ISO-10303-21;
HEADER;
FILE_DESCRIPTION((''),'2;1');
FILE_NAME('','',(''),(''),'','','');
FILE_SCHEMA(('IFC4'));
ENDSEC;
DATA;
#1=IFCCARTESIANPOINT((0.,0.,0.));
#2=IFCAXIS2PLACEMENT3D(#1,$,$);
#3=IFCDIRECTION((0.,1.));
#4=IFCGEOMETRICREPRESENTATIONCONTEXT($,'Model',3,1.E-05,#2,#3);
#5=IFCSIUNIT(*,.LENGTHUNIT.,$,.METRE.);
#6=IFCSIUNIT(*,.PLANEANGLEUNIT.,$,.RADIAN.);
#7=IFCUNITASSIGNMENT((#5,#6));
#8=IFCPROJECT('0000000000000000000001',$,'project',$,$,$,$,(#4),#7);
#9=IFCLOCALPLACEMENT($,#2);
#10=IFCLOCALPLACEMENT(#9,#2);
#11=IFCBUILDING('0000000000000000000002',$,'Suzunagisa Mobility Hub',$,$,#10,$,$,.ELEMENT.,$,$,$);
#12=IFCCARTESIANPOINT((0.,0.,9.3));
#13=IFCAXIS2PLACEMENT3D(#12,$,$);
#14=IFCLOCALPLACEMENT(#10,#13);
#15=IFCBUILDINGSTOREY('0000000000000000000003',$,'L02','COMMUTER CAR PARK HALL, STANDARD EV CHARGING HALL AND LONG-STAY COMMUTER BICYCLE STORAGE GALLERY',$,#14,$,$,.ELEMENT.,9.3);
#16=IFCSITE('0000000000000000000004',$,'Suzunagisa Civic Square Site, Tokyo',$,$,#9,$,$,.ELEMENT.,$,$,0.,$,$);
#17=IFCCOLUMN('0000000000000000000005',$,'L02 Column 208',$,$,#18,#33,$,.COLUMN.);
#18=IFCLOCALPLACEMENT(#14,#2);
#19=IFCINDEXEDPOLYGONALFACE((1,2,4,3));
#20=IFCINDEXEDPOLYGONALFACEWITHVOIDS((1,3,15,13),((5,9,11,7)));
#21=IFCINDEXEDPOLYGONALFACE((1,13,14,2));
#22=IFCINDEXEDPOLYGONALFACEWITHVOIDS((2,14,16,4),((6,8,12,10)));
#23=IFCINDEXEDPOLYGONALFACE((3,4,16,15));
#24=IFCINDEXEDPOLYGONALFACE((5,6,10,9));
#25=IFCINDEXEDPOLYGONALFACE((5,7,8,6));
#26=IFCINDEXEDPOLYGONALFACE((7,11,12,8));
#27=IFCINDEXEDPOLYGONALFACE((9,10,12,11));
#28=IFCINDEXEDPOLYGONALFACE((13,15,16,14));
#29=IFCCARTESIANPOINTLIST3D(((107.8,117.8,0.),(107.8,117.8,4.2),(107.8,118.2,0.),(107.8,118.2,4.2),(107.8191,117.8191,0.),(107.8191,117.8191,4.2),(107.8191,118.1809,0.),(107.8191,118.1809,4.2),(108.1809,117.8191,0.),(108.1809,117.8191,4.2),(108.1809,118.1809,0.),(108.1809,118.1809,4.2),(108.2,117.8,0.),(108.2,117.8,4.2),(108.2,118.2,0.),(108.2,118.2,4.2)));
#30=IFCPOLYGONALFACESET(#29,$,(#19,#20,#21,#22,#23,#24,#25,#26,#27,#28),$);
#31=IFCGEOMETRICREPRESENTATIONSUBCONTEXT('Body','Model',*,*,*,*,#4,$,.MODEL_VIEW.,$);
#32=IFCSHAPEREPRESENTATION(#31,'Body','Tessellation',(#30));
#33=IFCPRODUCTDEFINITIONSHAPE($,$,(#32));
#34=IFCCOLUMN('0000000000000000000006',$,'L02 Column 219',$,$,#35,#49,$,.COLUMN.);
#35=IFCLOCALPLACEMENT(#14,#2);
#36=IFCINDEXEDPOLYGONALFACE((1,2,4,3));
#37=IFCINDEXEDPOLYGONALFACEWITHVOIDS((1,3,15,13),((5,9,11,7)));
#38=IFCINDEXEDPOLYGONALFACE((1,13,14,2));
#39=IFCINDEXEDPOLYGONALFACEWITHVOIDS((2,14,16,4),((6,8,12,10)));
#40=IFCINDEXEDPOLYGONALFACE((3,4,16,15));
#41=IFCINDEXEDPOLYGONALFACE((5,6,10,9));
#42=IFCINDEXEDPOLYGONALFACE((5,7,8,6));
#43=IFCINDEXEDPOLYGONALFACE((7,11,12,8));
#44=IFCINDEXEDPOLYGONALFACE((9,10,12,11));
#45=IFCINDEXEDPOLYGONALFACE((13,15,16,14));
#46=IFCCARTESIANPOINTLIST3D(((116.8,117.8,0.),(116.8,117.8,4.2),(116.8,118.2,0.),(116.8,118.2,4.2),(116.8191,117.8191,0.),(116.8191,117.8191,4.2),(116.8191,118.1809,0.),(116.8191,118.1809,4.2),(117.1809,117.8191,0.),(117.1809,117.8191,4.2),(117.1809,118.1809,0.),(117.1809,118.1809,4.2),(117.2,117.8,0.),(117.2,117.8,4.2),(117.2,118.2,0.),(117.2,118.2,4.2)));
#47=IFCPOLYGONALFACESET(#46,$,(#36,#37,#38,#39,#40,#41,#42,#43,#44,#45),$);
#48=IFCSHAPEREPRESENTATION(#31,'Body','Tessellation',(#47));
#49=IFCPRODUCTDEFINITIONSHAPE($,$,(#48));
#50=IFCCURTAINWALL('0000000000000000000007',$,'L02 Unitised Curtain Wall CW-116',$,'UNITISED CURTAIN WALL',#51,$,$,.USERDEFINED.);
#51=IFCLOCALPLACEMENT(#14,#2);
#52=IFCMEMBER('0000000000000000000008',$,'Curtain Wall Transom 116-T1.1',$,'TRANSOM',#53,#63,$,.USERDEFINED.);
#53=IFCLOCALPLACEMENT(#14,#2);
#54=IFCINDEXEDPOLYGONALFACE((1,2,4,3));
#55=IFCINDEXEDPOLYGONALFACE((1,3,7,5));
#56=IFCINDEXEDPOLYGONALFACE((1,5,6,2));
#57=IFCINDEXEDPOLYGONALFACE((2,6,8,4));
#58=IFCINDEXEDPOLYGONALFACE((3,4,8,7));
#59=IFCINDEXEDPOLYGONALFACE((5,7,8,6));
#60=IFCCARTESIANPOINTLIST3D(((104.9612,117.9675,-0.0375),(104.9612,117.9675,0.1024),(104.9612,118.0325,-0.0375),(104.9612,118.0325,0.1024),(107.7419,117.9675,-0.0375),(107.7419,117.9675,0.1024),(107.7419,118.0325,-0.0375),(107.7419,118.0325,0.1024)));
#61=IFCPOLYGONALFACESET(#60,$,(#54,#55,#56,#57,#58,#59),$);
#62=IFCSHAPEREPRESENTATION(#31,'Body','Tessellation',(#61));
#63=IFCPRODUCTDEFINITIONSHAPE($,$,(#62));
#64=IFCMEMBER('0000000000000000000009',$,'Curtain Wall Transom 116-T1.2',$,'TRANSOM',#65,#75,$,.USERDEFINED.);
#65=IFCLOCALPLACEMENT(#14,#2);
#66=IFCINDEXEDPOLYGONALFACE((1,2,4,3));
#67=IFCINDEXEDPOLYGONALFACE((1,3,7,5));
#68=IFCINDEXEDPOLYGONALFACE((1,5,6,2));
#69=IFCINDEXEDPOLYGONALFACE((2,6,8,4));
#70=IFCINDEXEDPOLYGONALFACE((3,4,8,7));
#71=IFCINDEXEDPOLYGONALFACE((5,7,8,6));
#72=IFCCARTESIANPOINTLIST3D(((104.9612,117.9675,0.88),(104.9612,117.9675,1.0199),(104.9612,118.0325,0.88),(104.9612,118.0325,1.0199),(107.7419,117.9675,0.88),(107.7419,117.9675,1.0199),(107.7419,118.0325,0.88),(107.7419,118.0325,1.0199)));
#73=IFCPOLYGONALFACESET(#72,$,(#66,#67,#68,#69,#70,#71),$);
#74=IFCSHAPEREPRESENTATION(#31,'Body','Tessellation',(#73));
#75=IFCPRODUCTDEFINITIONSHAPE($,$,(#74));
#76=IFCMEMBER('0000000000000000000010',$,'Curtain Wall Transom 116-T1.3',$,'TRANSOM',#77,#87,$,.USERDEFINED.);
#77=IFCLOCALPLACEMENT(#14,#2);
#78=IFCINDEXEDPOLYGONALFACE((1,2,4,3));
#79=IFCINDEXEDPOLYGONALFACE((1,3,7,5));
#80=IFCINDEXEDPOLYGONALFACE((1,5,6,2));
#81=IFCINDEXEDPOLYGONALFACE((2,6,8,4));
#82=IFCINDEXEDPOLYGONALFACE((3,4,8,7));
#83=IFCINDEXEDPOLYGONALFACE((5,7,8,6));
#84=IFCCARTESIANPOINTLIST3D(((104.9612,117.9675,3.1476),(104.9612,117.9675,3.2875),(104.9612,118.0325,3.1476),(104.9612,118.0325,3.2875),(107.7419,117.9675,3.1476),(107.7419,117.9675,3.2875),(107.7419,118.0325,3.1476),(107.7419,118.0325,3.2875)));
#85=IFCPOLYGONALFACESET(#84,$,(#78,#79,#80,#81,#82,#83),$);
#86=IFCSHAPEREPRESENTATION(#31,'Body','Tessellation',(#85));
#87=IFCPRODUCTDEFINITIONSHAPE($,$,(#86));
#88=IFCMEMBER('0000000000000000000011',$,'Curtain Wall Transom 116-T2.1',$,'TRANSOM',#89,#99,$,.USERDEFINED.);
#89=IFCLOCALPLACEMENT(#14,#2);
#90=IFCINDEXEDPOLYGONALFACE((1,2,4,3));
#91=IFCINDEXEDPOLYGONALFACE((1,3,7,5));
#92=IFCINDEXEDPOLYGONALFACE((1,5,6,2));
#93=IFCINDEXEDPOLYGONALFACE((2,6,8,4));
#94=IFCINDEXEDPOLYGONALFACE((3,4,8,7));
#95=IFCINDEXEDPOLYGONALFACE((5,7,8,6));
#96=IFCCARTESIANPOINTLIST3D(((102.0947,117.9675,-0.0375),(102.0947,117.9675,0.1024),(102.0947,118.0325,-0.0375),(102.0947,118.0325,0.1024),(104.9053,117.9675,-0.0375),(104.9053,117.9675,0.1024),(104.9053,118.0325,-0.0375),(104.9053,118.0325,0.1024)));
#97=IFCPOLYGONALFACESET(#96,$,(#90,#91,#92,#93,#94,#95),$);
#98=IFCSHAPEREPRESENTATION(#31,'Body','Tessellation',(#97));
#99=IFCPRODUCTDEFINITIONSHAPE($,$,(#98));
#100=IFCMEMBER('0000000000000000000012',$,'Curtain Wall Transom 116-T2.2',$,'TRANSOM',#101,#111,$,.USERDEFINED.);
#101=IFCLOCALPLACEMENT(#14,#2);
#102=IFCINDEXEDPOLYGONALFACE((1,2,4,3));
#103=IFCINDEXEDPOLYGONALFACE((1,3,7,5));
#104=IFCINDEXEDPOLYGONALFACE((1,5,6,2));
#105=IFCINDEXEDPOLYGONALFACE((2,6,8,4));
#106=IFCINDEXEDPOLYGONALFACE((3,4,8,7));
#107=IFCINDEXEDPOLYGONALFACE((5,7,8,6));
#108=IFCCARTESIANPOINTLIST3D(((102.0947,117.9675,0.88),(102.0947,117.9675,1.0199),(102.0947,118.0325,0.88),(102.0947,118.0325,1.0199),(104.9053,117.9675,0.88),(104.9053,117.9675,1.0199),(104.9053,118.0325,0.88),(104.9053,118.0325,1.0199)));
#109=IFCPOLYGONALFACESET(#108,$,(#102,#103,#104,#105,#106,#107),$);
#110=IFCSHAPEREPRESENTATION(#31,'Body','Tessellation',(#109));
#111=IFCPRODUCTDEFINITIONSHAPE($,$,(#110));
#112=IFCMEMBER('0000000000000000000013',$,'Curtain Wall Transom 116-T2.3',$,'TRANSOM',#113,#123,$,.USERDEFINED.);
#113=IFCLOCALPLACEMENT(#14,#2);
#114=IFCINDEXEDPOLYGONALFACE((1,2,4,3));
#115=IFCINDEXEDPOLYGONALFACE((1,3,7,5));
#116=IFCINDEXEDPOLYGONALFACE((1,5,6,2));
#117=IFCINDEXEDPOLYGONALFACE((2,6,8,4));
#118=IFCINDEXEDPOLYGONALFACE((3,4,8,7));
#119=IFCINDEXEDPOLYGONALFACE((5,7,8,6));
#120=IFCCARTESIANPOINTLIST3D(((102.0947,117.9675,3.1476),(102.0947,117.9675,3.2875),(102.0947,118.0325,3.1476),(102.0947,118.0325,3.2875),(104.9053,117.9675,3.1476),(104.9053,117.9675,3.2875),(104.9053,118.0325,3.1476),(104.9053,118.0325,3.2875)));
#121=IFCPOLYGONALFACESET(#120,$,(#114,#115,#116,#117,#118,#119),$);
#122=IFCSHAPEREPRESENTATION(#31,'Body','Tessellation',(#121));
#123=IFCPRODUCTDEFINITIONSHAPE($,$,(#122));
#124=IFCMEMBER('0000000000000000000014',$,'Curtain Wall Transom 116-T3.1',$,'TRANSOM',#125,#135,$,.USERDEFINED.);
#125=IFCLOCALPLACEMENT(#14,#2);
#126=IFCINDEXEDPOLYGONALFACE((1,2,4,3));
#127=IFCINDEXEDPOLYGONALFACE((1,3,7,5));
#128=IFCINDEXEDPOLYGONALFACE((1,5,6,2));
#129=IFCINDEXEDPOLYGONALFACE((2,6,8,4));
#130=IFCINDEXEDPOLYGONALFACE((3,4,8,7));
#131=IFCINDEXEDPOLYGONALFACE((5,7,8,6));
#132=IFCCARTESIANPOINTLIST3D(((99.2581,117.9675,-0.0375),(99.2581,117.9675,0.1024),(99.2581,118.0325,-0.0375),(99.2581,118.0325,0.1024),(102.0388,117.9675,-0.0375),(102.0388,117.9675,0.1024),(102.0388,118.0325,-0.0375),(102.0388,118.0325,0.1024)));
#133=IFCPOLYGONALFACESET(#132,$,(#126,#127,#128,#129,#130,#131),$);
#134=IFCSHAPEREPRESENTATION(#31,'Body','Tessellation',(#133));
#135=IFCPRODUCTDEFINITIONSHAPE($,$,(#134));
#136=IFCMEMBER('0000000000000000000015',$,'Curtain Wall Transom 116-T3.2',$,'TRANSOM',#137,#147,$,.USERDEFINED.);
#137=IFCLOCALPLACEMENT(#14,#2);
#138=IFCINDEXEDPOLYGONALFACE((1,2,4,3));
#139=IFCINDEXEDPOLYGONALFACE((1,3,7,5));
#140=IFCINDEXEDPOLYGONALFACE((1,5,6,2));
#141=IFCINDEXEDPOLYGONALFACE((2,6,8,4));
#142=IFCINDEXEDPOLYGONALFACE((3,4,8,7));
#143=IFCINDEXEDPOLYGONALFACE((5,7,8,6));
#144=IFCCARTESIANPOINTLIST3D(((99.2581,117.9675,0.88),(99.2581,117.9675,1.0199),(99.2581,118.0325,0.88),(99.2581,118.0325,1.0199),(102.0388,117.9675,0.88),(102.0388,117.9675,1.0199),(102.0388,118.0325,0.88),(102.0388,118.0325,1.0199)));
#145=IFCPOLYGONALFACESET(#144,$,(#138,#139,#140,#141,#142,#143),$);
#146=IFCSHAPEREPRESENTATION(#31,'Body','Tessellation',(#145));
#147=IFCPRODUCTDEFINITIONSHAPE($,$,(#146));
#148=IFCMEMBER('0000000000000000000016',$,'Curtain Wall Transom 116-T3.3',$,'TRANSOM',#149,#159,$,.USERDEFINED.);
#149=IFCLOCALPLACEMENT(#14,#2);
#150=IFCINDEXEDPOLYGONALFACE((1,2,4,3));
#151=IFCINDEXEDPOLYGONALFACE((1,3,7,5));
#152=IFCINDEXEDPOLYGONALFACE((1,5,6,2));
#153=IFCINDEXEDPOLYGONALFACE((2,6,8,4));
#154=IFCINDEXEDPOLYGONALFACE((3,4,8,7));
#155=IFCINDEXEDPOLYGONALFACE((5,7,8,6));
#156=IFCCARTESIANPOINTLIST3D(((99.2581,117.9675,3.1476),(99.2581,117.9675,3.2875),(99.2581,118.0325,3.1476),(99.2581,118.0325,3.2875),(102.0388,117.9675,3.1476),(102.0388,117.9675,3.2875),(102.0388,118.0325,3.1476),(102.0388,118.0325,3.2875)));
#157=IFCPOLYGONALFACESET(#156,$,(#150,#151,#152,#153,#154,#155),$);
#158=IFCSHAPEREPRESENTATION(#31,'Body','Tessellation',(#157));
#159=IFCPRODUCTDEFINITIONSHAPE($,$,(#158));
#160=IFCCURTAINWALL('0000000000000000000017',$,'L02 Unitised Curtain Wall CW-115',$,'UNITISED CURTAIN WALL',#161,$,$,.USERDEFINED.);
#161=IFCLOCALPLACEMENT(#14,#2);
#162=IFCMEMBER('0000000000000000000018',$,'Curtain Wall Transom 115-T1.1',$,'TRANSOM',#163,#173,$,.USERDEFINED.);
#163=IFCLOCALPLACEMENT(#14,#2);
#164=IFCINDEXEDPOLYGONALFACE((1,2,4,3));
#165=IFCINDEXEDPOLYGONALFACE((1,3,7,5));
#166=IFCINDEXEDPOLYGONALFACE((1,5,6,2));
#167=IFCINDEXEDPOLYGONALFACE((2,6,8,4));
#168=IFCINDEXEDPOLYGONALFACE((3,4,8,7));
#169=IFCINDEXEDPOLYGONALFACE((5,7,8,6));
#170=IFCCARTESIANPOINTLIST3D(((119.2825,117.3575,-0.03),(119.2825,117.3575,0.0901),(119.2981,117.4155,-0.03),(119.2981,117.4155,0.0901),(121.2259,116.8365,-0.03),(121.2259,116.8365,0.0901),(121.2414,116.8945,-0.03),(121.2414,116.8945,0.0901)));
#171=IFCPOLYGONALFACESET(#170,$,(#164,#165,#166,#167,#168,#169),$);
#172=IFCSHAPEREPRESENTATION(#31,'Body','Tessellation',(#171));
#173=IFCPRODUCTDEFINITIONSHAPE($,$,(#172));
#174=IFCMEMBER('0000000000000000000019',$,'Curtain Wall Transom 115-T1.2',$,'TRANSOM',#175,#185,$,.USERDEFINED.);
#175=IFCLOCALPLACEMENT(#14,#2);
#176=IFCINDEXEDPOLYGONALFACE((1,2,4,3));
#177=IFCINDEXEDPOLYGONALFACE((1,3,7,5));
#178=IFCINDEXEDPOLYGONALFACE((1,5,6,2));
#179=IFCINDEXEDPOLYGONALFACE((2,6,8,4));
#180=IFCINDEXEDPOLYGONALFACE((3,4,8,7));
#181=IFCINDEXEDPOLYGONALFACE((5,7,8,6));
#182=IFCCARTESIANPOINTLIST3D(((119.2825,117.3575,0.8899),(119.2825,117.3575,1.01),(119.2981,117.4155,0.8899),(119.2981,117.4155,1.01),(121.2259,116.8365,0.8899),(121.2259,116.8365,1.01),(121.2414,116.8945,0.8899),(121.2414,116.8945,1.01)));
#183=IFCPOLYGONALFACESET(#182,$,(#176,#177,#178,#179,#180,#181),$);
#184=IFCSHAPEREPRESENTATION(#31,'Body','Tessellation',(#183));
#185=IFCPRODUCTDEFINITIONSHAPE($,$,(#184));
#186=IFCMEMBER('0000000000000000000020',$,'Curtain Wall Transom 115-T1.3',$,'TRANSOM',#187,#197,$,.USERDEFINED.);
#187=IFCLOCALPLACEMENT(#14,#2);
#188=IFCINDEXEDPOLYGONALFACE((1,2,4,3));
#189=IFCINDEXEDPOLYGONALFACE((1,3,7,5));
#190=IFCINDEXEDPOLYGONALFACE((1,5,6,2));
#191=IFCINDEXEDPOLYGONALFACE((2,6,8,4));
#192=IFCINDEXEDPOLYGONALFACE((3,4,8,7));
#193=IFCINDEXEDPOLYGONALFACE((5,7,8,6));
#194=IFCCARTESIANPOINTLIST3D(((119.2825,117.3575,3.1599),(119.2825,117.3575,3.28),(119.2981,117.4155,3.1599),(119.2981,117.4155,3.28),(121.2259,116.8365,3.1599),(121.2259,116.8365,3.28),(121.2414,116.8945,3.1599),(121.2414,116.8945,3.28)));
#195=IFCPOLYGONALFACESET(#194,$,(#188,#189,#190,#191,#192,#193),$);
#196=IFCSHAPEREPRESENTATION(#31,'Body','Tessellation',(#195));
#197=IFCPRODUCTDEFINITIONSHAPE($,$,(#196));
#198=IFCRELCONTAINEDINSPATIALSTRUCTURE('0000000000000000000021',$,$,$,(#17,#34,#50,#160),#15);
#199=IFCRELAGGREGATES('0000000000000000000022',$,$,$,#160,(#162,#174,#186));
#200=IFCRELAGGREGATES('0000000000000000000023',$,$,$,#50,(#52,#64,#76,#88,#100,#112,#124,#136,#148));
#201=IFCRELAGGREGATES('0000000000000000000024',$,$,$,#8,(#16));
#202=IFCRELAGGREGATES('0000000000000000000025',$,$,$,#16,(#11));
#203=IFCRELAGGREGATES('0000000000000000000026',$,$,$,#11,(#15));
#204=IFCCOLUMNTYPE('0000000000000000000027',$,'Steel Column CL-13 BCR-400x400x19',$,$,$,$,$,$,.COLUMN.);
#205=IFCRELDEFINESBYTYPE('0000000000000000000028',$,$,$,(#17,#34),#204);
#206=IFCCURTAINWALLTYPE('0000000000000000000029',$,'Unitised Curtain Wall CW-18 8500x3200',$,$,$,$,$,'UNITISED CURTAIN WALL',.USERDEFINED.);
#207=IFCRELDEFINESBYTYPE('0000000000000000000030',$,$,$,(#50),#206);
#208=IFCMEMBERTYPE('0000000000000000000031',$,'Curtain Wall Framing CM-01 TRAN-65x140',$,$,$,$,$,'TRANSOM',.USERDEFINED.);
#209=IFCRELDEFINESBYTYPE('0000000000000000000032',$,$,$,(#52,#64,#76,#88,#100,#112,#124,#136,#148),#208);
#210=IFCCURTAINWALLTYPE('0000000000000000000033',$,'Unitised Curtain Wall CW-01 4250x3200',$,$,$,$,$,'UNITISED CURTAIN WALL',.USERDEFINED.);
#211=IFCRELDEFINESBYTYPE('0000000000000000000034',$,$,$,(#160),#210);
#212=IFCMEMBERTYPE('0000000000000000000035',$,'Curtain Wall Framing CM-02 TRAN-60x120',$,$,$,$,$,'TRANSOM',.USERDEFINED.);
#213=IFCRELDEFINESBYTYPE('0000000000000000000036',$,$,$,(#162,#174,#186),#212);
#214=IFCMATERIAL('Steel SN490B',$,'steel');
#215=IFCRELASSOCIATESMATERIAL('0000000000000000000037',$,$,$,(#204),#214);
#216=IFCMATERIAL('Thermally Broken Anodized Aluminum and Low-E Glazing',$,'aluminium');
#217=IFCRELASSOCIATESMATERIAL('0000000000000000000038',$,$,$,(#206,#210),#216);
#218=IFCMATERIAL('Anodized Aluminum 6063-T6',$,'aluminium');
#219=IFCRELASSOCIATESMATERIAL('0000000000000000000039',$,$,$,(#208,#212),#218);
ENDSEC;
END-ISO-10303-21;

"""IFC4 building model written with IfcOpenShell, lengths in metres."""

from ifc_helpers import new_model, si_unit, direction, frame, origin, origin_2d, place, context, subcontext, project, spatial, rectangle, hollow_rectangle, extrude, material, material_profile, profile_set, type_object, element, aggregate, save


model = new_model("IFC4")

# Units and contexts
model_context = context("Model", 3, precision=1e-05, world=origin(), true_north=direction((0.0, 1.0)))
body_context = subcontext(model_context, "Body", "Model", "MODEL_VIEW")
ifc_project = project(units=[si_unit("LENGTHUNIT", "METRE"), si_unit("PLANEANGLEUNIT", "RADIAN")], contexts=[model_context])

# Site, building, storey
site_placement = place(None, origin())
site = spatial("IfcSite", under=ifc_project, at=site_placement, Name="Suzunagisa Civic Square Site, Tokyo", CompositionType="ELEMENT", RefElevation=0.0)
building_placement = place(site_placement, origin())
building = spatial("IfcBuilding", under=site, at=building_placement, Name="Suzunagisa Mobility Hub", CompositionType="ELEMENT")
storey_placement = place(building_placement, frame((0.0, 0.0, 9.3)))
storey = spatial("IfcBuildingStorey", under=building, at=storey_placement, Name="L02", Description="COMMUTER CAR PARK HALL, STANDARD EV CHARGING HALL AND LONG-STAY COMMUTER BICYCLE STORAGE GALLERY", CompositionType="ELEMENT", Elevation=9.3)

# Columns
ifc_material_1 = material(Name="Steel SN490B", Category="steel")
ifc_material_profile_1 = material_profile(ifc_material_1, hollow_rectangle(XDim=0.3999, YDim=0.3999, WallThickness=0.019, at=origin_2d()), Name="BCR-400x400x19")
ifc_profile_set_1 = profile_set([ifc_material_profile_1], Name="Steel SN490B")
column_type = type_object("IfcColumnType", Name="Steel Column CL-13 BCR-400x400x19", PredefinedType="COLUMN", material=ifc_profile_set_1)
for number, where, z_axis, x_axis, name in (
    (1, (108.0, 118.0, 0.0), (0.0, 0.0, 1.0), (1.0, 0.0, 0.0), "L02 Column 208"),
    (2, (117.0, 118.0, 0.0), (0.0, 0.0, 1.0), (1.0, 0.0, 0.0), "L02 Column 219"),
):
    element("IfcColumn", number, at=place(storey_placement, frame(where, z_axis=z_axis, x_axis=x_axis)), inside=storey, type_object=column_type, Name=name, PredefinedType="COLUMN", context=body_context, shape_type="SweptSolid", body=[
        extrude(hollow_rectangle(XDim=0.3999, YDim=0.3999, WallThickness=0.019, at=origin_2d()), origin(), (0.0, 0.0, 1.0), 4.2),
    ])

# Curtain walls, members
ifc_material_2 = material(Name="Thermally Broken Anodized Aluminum and Low-E Glazing", Category="aluminium")
curtain_wall_type_1 = type_object("IfcCurtainWallType", Name="Unitised Curtain Wall CW-18 8500x3200", ElementType="UNITISED CURTAIN WALL", PredefinedType="USERDEFINED", material=ifc_material_2)
curtain_wall_1_placement = place(storey_placement, origin())
curtain_wall_1 = element("IfcCurtainWall", 3, at=curtain_wall_1_placement, inside=storey, type_object=curtain_wall_type_1, Name="L02 Unitised Curtain Wall CW-116", ObjectType="UNITISED CURTAIN WALL", PredefinedType="USERDEFINED")
ifc_material_3 = material(Name="Anodized Aluminum 6063-T6", Category="aluminium")
ifc_material_profile_2 = material_profile(ifc_material_3, rectangle(XDim=0.0649, YDim=0.1399, at=origin_2d()), Name="TRAN-65x140")
ifc_profile_set_2 = profile_set([ifc_material_profile_2], Name="Anodized Aluminum 6063-T6")
member_type_1 = type_object("IfcMemberType", Name="Curtain Wall Framing CM-01 TRAN-65x140", ElementType="TRANSOM", PredefinedType="USERDEFINED", material=ifc_profile_set_2)
member_1_placement = place(storey_placement, frame((107.7419, 118.0, 0.0325), z_axis=(-1.0, 0.0, 0.0), x_axis=(0.0, -1.0, 0.0)))
member_1 = element("IfcMember", 4, at=member_1_placement, type_object=member_type_1, Name="Curtain Wall Transom 116-T1.1", ObjectType="TRANSOM", PredefinedType="USERDEFINED", context=body_context, shape_type="SweptSolid", body=[
    extrude(rectangle(XDim=0.0649, YDim=0.1399, at=origin_2d()), origin(), (0.0, 0.0, 1.0), 2.7808),
])
member_2_placement = place(storey_placement, frame((107.7419, 118.0, 0.95), z_axis=(-1.0, 0.0, 0.0), x_axis=(0.0, -1.0, 0.0)))
member_2 = element("IfcMember", 5, at=member_2_placement, type_object=member_type_1, Name="Curtain Wall Transom 116-T1.2", ObjectType="TRANSOM", PredefinedType="USERDEFINED", context=body_context, shape_type="SweptSolid", body=[
    extrude(rectangle(XDim=0.0649, YDim=0.1399, at=origin_2d()), origin(), (0.0, 0.0, 1.0), 2.7808),
])
member_3_placement = place(storey_placement, frame((107.7419, 118.0, 3.2175), z_axis=(-1.0, 0.0, 0.0), x_axis=(0.0, -1.0, 0.0)))
member_3 = element("IfcMember", 6, at=member_3_placement, type_object=member_type_1, Name="Curtain Wall Transom 116-T1.3", ObjectType="TRANSOM", PredefinedType="USERDEFINED", context=body_context, shape_type="SweptSolid", body=[
    extrude(rectangle(XDim=0.0649, YDim=0.1399, at=origin_2d()), origin(), (0.0, 0.0, 1.0), 2.7808),
])
member_4_placement = place(storey_placement, frame((104.9053, 118.0, 0.0325), z_axis=(-1.0, 0.0, 0.0), x_axis=(0.0, -1.0, 0.0)))
member_4 = element("IfcMember", 7, at=member_4_placement, type_object=member_type_1, Name="Curtain Wall Transom 116-T2.1", ObjectType="TRANSOM", PredefinedType="USERDEFINED", context=body_context, shape_type="SweptSolid", body=[
    extrude(rectangle(XDim=0.0649, YDim=0.1399, at=origin_2d()), origin(), (0.0, 0.0, 1.0), 2.8105),
])
member_5_placement = place(storey_placement, frame((104.9053, 118.0, 0.95), z_axis=(-1.0, 0.0, 0.0), x_axis=(0.0, -1.0, 0.0)))
member_5 = element("IfcMember", 8, at=member_5_placement, type_object=member_type_1, Name="Curtain Wall Transom 116-T2.2", ObjectType="TRANSOM", PredefinedType="USERDEFINED", context=body_context, shape_type="SweptSolid", body=[
    extrude(rectangle(XDim=0.0649, YDim=0.1399, at=origin_2d()), origin(), (0.0, 0.0, 1.0), 2.8105),
])
member_6_placement = place(storey_placement, frame((104.9053, 118.0, 3.2175), z_axis=(-1.0, 0.0, 0.0), x_axis=(0.0, -1.0, 0.0)))
member_6 = element("IfcMember", 9, at=member_6_placement, type_object=member_type_1, Name="Curtain Wall Transom 116-T2.3", ObjectType="TRANSOM", PredefinedType="USERDEFINED", context=body_context, shape_type="SweptSolid", body=[
    extrude(rectangle(XDim=0.0649, YDim=0.1399, at=origin_2d()), origin(), (0.0, 0.0, 1.0), 2.8105),
])
member_7_placement = place(storey_placement, frame((102.0388, 118.0, 0.0325), z_axis=(-1.0, 0.0, 0.0), x_axis=(0.0, -1.0, 0.0)))
member_7 = element("IfcMember", 10, at=member_7_placement, type_object=member_type_1, Name="Curtain Wall Transom 116-T3.1", ObjectType="TRANSOM", PredefinedType="USERDEFINED", context=body_context, shape_type="SweptSolid", body=[
    extrude(rectangle(XDim=0.0649, YDim=0.1399, at=origin_2d()), origin(), (0.0, 0.0, 1.0), 2.7808),
])
member_8_placement = place(storey_placement, frame((102.0388, 118.0, 0.95), z_axis=(-1.0, 0.0, 0.0), x_axis=(0.0, -1.0, 0.0)))
member_8 = element("IfcMember", 11, at=member_8_placement, type_object=member_type_1, Name="Curtain Wall Transom 116-T3.2", ObjectType="TRANSOM", PredefinedType="USERDEFINED", context=body_context, shape_type="SweptSolid", body=[
    extrude(rectangle(XDim=0.0649, YDim=0.1399, at=origin_2d()), origin(), (0.0, 0.0, 1.0), 2.7808),
])
member_9_placement = place(storey_placement, frame((102.0388, 118.0, 3.2175), z_axis=(-1.0, 0.0, 0.0), x_axis=(0.0, -1.0, 0.0)))
member_9 = element("IfcMember", 12, at=member_9_placement, type_object=member_type_1, Name="Curtain Wall Transom 116-T3.3", ObjectType="TRANSOM", PredefinedType="USERDEFINED", context=body_context, shape_type="SweptSolid", body=[
    extrude(rectangle(XDim=0.0649, YDim=0.1399, at=origin_2d()), origin(), (0.0, 0.0, 1.0), 2.7808),
])
curtain_wall_type_2 = type_object("IfcCurtainWallType", Name="Unitised Curtain Wall CW-01 4250x3200", ElementType="UNITISED CURTAIN WALL", PredefinedType="USERDEFINED", material=ifc_material_2)
curtain_wall_2_placement = place(storey_placement, origin())
curtain_wall_2 = element("IfcCurtainWall", 13, at=curtain_wall_2_placement, inside=storey, type_object=curtain_wall_type_2, Name="L02 Unitised Curtain Wall CW-115", ObjectType="UNITISED CURTAIN WALL", PredefinedType="USERDEFINED")
ifc_material_profile_3 = material_profile(ifc_material_3, rectangle(XDim=0.0601, YDim=0.1201, at=origin_2d()), Name="TRAN-60x120")
ifc_profile_set_3 = profile_set([ifc_material_profile_3], Name="Anodized Aluminum 6063-T6")
member_type_2 = type_object("IfcMemberType", Name="Curtain Wall Framing CM-02 TRAN-60x120", ElementType="TRANSOM", PredefinedType="USERDEFINED", material=ifc_profile_set_3)
member_10_placement = place(storey_placement, frame((121.2336, 116.8655, 0.03), z_axis=(-0.965892, 0.258946, 0.0), x_axis=(-0.258946, -0.965892, 0.0)))
member_10 = element("IfcMember", 14, at=member_10_placement, type_object=member_type_2, Name="Curtain Wall Transom 115-T1.1", ObjectType="TRANSOM", PredefinedType="USERDEFINED", context=body_context, shape_type="SweptSolid", body=[
    extrude(rectangle(XDim=0.0601, YDim=0.1201, at=origin_2d()), origin(), (0.0, 0.0, 1.0), 2.012),
])
member_11_placement = place(storey_placement, frame((121.2336, 116.8655, 0.95), z_axis=(-0.965892, 0.258946, 0.0), x_axis=(-0.258946, -0.965892, 0.0)))
member_11 = element("IfcMember", 15, at=member_11_placement, type_object=member_type_2, Name="Curtain Wall Transom 115-T1.2", ObjectType="TRANSOM", PredefinedType="USERDEFINED", context=body_context, shape_type="SweptSolid", body=[
    extrude(rectangle(XDim=0.0601, YDim=0.1201, at=origin_2d()), origin(), (0.0, 0.0, 1.0), 2.012),
])
member_12_placement = place(storey_placement, frame((121.2336, 116.8655, 3.22), z_axis=(-0.965892, 0.258946, 0.0), x_axis=(-0.258946, -0.965892, 0.0)))
member_12 = element("IfcMember", 16, at=member_12_placement, type_object=member_type_2, Name="Curtain Wall Transom 115-T1.3", ObjectType="TRANSOM", PredefinedType="USERDEFINED", context=body_context, shape_type="SweptSolid", body=[
    extrude(rectangle(XDim=0.0601, YDim=0.1201, at=origin_2d()), origin(), (0.0, 0.0, 1.0), 2.012),
])

aggregate(curtain_wall_2, [member_10, member_11, member_12])
aggregate(curtain_wall_1, [member_1, member_2, member_3, member_4, member_5, member_6, member_7, member_8, member_9])

save(model, "model.ifc")
